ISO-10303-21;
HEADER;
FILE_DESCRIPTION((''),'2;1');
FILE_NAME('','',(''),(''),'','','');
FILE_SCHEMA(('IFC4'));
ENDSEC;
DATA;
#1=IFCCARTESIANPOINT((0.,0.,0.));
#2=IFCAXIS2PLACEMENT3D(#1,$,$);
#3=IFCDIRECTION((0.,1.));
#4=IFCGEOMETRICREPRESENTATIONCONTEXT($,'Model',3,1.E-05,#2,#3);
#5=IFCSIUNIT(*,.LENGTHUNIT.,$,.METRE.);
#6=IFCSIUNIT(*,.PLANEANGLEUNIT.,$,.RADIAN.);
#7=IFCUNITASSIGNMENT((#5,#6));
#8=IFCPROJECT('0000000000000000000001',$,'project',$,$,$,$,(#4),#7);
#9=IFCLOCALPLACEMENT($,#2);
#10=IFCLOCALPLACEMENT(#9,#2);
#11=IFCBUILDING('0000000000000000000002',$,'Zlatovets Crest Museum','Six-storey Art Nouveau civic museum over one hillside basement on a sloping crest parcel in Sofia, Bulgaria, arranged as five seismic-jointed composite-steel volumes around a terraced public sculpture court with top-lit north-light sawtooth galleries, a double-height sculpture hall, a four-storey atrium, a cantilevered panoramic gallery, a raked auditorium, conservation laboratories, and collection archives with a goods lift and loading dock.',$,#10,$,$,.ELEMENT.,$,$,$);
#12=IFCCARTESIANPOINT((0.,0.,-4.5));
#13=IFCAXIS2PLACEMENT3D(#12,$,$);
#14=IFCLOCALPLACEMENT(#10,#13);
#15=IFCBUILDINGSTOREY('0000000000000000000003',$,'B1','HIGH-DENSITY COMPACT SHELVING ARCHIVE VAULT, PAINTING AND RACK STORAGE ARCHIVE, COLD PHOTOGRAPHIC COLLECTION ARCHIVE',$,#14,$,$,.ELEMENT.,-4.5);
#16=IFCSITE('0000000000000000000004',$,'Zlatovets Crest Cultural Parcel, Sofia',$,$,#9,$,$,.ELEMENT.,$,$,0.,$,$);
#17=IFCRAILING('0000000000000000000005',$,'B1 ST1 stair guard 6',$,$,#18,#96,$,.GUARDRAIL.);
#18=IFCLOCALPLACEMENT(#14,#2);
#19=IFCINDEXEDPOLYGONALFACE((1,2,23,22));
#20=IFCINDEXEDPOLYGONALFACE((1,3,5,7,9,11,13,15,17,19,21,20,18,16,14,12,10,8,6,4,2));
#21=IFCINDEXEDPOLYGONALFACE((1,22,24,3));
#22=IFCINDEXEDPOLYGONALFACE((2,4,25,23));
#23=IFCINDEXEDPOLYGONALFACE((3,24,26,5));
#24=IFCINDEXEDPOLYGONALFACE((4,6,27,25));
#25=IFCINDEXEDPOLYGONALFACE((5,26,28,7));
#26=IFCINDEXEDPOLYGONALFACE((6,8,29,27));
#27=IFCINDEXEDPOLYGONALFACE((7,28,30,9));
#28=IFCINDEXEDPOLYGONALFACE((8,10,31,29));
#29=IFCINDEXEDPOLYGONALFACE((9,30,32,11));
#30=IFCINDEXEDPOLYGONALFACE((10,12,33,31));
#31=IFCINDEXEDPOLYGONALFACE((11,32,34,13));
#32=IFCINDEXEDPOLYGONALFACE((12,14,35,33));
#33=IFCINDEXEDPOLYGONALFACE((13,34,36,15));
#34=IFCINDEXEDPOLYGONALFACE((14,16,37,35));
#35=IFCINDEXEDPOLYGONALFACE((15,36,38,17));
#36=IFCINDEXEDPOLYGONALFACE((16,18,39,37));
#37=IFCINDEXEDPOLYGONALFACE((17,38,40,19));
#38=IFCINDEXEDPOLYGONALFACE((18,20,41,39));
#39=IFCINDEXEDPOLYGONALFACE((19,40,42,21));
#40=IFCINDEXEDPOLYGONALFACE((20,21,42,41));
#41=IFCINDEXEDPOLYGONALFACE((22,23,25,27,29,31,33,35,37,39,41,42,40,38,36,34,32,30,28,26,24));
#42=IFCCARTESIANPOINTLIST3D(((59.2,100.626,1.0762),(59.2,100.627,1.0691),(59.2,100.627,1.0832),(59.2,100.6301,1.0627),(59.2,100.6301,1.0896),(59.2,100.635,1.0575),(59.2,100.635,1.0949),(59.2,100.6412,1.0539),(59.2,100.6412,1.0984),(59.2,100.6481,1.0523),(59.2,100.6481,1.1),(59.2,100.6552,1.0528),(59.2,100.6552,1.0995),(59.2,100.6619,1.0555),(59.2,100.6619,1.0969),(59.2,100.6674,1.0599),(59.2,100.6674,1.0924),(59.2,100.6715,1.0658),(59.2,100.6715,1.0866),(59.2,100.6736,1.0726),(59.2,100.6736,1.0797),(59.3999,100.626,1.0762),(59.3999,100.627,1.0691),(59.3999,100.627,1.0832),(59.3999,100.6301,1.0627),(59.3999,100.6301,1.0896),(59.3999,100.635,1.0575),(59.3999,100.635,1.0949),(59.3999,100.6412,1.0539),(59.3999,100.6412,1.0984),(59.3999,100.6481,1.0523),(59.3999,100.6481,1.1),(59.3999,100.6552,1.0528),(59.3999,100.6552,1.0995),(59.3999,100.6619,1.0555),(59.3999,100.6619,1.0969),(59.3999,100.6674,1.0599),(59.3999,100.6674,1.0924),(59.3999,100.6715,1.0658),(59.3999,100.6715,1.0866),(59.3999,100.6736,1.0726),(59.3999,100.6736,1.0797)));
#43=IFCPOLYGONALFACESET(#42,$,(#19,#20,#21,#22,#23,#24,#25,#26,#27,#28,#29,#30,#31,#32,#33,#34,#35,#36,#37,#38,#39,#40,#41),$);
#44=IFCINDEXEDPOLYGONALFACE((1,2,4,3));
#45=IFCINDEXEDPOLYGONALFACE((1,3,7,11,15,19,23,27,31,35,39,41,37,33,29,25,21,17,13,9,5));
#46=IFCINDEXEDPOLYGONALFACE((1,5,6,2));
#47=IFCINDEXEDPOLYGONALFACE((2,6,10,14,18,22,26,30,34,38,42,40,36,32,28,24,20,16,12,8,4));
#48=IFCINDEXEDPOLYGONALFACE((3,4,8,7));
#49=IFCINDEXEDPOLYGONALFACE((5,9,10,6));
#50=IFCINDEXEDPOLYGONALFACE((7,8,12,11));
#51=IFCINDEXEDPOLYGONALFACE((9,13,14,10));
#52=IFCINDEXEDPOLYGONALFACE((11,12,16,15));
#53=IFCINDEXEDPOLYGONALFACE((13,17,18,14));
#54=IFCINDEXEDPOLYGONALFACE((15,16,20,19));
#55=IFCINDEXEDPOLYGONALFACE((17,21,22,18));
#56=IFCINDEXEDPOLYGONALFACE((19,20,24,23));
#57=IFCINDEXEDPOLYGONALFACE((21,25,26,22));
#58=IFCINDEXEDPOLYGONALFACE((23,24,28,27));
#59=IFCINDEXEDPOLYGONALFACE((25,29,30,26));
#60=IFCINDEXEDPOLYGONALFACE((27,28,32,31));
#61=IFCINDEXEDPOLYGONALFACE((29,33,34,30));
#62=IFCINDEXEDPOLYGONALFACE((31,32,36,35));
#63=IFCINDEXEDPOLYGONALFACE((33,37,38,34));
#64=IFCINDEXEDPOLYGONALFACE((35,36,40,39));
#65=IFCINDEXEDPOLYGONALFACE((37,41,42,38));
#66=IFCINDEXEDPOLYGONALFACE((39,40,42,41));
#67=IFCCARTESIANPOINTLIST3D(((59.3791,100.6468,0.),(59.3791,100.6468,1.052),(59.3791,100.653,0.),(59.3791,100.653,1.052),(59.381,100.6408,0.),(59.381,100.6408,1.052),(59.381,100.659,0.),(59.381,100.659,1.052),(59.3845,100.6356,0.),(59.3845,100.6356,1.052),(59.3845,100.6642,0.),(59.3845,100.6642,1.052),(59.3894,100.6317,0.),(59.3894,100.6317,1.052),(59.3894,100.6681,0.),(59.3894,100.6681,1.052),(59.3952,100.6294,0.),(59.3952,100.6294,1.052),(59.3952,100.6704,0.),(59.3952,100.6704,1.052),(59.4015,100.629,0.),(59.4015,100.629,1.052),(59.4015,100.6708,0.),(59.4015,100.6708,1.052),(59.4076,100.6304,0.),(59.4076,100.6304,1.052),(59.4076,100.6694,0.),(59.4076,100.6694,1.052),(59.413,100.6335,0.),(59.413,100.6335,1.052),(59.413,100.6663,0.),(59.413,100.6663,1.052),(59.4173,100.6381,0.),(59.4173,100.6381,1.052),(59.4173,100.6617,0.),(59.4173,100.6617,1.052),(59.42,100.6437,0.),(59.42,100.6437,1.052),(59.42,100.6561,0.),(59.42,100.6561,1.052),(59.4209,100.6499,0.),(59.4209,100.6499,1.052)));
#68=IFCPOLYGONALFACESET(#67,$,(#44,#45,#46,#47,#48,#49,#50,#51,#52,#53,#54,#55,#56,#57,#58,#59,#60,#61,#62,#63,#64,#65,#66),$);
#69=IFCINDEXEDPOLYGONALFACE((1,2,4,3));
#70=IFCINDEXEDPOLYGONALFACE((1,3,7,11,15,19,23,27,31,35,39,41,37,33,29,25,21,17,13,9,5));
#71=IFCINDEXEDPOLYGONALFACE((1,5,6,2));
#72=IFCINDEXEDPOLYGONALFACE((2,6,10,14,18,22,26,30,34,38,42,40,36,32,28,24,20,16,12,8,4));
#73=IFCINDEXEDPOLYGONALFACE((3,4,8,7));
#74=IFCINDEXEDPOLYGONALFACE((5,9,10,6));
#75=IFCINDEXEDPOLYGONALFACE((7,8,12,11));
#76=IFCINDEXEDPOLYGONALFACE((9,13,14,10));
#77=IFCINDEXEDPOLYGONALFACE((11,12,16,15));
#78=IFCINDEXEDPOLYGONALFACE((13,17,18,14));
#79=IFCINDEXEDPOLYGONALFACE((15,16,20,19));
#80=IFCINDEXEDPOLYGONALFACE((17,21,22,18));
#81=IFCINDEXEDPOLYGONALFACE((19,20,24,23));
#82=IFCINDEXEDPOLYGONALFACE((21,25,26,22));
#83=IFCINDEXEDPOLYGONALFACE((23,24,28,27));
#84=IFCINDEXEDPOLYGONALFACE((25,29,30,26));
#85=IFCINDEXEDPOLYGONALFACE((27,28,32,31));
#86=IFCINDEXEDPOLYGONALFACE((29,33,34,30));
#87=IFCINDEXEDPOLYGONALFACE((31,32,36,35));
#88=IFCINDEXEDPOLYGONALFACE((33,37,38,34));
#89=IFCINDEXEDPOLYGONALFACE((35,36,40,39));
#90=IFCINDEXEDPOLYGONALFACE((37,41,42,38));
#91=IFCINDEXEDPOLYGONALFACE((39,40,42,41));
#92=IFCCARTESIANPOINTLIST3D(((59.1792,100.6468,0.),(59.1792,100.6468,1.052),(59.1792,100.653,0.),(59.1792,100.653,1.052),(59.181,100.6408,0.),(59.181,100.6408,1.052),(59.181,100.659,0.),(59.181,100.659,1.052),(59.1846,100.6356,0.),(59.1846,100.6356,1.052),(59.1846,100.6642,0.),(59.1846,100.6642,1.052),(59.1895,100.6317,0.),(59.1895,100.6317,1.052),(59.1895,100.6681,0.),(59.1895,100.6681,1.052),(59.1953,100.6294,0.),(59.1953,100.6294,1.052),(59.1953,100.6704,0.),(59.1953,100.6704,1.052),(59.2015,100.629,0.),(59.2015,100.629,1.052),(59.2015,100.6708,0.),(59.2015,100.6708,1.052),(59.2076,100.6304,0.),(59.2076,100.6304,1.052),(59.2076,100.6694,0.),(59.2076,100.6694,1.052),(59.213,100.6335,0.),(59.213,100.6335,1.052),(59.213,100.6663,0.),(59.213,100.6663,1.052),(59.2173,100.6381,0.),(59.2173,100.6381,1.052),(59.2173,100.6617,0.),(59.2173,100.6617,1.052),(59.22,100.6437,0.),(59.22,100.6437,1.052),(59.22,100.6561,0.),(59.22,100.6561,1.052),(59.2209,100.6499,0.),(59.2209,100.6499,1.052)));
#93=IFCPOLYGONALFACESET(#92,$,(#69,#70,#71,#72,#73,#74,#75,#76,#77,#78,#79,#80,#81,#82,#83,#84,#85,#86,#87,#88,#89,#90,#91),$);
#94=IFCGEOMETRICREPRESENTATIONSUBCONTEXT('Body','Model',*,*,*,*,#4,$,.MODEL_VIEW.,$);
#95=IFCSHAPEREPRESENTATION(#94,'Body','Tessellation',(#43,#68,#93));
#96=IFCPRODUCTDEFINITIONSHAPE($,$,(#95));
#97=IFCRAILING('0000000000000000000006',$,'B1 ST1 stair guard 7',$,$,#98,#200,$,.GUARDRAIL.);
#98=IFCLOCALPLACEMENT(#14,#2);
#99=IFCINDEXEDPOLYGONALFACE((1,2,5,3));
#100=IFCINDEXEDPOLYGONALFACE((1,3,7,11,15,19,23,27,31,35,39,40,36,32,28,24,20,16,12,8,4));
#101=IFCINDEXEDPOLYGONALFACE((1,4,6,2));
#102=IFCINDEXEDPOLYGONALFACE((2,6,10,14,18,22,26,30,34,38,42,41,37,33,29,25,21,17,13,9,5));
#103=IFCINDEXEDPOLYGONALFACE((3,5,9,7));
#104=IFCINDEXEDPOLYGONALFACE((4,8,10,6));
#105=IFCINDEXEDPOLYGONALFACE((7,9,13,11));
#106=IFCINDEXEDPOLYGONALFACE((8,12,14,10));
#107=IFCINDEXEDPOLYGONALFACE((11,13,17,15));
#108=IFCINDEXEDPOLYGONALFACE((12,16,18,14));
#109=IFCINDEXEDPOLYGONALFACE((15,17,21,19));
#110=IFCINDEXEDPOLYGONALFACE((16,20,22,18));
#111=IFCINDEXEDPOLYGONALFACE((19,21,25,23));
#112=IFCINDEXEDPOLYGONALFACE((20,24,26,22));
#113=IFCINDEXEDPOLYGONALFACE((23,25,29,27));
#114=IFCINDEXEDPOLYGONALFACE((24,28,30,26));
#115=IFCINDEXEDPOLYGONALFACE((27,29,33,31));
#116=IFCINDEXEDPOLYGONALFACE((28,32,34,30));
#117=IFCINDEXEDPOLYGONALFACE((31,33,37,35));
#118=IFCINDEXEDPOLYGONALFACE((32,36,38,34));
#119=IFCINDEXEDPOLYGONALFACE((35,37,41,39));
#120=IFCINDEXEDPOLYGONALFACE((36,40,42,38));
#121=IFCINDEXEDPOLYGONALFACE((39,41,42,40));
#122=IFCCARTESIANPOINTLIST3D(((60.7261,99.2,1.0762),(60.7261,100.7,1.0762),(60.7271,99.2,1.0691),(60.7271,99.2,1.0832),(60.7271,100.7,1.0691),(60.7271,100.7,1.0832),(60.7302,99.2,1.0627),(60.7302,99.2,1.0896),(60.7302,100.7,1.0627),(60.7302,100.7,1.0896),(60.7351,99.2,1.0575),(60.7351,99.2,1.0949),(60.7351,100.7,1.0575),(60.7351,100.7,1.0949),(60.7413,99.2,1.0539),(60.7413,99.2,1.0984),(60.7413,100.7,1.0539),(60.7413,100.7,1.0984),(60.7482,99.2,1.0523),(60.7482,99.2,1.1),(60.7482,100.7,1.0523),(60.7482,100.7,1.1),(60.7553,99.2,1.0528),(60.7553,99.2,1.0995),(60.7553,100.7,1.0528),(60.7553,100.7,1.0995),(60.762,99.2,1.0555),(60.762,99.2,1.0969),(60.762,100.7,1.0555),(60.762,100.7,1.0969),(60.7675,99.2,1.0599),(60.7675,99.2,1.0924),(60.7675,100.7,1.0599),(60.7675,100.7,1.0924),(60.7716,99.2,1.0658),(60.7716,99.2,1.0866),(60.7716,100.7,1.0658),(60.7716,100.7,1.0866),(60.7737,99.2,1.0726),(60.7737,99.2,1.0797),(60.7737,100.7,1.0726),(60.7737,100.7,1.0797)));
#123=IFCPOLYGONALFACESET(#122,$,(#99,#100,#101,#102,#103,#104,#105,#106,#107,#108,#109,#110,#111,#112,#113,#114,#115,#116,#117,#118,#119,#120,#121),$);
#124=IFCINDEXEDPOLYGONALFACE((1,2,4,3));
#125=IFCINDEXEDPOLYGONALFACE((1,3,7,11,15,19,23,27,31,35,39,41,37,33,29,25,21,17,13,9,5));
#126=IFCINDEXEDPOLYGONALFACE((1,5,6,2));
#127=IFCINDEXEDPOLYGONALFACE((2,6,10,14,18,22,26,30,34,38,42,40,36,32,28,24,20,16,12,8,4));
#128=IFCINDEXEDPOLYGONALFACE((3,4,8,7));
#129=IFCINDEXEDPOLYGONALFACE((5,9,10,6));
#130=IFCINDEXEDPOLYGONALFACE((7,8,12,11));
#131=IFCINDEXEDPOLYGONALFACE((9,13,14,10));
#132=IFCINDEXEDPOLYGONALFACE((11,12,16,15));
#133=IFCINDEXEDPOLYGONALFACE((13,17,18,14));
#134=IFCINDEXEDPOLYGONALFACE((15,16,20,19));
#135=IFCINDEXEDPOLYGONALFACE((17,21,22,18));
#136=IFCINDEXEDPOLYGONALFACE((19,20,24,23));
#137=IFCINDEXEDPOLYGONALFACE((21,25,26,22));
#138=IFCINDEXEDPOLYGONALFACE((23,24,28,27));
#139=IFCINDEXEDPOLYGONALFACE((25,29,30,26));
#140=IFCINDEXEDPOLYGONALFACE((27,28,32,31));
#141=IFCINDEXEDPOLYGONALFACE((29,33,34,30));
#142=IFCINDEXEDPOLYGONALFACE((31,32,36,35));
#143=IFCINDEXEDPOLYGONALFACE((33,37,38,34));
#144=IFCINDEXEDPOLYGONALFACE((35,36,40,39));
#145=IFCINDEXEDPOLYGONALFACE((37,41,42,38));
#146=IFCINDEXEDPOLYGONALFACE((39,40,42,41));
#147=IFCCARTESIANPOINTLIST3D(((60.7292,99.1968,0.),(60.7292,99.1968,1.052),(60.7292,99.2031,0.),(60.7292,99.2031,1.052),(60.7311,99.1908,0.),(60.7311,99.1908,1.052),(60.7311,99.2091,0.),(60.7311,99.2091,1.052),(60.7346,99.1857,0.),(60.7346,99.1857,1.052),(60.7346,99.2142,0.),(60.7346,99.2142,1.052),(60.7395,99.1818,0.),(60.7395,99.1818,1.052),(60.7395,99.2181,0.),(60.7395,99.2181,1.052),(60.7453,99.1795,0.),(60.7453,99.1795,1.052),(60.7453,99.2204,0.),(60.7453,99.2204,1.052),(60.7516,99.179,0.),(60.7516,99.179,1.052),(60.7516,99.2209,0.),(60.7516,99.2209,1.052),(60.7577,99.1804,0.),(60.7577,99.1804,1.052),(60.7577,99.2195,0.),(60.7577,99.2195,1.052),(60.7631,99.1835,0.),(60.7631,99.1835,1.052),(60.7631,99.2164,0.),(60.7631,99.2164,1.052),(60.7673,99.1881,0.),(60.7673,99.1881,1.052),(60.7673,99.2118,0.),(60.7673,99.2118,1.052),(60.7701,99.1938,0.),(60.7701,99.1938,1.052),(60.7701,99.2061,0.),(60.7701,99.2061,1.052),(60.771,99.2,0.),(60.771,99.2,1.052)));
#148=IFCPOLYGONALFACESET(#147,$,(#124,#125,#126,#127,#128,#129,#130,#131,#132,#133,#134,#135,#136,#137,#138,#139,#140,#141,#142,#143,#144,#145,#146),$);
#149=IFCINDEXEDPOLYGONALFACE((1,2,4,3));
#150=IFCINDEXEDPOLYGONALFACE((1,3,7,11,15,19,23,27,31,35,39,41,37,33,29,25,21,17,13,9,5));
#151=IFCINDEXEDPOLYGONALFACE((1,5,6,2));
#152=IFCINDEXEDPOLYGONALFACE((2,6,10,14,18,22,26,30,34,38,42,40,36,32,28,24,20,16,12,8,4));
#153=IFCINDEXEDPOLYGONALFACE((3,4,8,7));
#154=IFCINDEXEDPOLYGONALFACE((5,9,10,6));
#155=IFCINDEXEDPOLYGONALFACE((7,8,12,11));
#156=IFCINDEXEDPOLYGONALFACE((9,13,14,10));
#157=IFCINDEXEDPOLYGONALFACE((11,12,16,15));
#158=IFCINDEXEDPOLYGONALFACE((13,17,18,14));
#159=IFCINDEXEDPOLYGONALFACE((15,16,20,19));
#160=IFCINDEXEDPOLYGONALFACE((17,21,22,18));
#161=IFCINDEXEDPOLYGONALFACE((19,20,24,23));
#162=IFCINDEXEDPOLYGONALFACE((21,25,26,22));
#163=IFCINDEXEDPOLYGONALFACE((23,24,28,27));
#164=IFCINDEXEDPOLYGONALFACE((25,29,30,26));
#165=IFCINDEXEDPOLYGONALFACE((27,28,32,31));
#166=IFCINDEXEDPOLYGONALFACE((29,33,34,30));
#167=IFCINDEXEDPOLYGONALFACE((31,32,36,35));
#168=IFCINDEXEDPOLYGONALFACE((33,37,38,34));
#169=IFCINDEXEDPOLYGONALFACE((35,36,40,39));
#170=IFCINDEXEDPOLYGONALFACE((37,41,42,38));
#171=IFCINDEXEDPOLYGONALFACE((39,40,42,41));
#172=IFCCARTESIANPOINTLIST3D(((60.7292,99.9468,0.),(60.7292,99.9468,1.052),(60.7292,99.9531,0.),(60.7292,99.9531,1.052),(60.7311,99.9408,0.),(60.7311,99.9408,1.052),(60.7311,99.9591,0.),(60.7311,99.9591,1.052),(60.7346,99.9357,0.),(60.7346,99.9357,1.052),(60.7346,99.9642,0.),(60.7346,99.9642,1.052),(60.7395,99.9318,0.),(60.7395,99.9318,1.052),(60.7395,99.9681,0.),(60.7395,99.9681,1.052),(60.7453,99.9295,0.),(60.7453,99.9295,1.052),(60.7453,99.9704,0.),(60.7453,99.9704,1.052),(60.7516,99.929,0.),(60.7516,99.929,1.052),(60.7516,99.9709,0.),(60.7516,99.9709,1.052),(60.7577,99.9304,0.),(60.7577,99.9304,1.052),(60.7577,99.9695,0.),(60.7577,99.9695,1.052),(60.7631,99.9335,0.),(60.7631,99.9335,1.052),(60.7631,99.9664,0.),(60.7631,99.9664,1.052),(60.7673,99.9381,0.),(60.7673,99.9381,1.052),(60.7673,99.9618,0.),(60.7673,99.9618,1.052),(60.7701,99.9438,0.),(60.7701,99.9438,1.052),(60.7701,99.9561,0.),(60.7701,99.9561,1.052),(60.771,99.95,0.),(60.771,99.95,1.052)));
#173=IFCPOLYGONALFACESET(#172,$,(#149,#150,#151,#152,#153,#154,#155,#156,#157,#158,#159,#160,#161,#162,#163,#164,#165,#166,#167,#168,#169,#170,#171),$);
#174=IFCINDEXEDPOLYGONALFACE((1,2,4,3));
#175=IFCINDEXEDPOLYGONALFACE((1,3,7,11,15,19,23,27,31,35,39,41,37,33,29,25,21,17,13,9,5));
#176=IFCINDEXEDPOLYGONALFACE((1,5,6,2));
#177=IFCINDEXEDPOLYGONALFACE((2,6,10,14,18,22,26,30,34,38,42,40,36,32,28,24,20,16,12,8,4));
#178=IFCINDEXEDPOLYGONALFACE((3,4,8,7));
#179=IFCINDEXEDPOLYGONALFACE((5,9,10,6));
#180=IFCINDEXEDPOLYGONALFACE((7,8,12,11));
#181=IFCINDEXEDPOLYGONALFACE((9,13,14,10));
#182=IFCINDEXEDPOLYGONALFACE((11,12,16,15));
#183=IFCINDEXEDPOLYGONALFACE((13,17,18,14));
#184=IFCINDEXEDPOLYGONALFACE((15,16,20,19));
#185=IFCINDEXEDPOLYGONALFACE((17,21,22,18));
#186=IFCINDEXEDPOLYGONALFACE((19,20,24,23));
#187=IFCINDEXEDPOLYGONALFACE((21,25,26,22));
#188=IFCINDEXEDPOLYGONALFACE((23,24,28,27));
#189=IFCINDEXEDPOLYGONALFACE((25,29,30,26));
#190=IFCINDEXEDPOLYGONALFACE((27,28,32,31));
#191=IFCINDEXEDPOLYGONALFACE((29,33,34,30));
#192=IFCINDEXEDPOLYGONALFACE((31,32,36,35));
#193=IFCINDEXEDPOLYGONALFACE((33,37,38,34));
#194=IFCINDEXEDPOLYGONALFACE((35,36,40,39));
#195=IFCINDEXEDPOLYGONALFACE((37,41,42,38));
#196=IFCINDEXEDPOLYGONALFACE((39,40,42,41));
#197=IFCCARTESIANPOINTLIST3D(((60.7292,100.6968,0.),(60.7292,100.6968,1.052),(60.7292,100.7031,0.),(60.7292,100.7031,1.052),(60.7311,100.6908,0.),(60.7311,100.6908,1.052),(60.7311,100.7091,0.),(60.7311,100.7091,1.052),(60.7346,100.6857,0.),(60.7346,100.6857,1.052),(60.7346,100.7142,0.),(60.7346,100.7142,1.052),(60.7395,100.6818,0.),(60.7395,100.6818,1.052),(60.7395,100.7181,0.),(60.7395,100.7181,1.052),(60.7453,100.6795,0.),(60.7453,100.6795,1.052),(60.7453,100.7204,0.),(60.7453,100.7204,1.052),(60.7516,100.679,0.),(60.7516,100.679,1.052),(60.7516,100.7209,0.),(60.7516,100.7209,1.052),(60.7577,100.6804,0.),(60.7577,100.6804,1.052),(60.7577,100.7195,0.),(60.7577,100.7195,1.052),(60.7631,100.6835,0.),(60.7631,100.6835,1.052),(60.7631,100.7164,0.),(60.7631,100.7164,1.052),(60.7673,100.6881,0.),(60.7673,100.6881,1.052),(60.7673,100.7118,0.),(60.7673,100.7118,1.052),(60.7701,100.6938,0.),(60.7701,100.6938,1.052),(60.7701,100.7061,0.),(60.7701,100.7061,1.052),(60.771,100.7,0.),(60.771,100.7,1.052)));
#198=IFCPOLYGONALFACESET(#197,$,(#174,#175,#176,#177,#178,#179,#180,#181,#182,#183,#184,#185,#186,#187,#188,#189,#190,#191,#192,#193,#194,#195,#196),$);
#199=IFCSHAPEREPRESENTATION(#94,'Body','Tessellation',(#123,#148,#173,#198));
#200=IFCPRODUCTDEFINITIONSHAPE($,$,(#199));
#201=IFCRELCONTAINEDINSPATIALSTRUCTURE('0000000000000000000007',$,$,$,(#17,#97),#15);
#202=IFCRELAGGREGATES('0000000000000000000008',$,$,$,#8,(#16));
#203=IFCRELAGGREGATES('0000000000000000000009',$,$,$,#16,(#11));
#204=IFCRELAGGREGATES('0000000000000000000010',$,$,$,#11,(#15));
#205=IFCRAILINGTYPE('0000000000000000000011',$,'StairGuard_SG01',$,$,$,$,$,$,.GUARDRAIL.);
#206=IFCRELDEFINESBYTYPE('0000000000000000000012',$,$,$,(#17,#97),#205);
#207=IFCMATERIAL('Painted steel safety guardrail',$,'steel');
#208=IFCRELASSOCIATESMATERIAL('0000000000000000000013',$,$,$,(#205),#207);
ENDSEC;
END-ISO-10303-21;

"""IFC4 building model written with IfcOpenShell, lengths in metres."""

from ifc_helpers import new_model, si_unit, direction, frame, origin, origin_2d, place, context, subcontext, project, spatial, circle, extrude, material, type_object, element, save


model = new_model("IFC4")

# Units and contexts
model_context = context("Model", 3, precision=1e-05, world=origin(), true_north=direction((0.0, 1.0)))
body_context = subcontext(model_context, "Body", "Model", "MODEL_VIEW")
ifc_project = project(units=[si_unit("LENGTHUNIT", "METRE"), si_unit("PLANEANGLEUNIT", "RADIAN")], contexts=[model_context])

# Site, building, storey
site_placement = place(None, origin())
site = spatial("IfcSite", under=ifc_project, at=site_placement, Name="Zlatovets Crest Cultural Parcel, Sofia", CompositionType="ELEMENT", RefElevation=0.0)
building_placement = place(site_placement, origin())
building = spatial("IfcBuilding", under=site, at=building_placement, Name="Zlatovets Crest Museum", Description="Six-storey Art Nouveau civic museum over one hillside basement on a sloping crest parcel in Sofia, Bulgaria, arranged as five seismic-jointed composite-steel volumes around a terraced public sculpture court with top-lit north-light sawtooth galleries, a double-height sculpture hall, a four-storey atrium, a cantilevered panoramic gallery, a raked auditorium, conservation laboratories, and collection archives with a goods lift and loading dock.", CompositionType="ELEMENT")
storey_placement = place(building_placement, frame((0.0, 0.0, -4.5)))
storey = spatial("IfcBuildingStorey", under=building, at=storey_placement, Name="B1", Description="HIGH-DENSITY COMPACT SHELVING ARCHIVE VAULT, PAINTING AND RACK STORAGE ARCHIVE, COLD PHOTOGRAPHIC COLLECTION ARCHIVE", CompositionType="ELEMENT", Elevation=-4.5)

# Railings
ifc_material_1 = material(Name="Painted steel safety guardrail", Category="steel")
railing_type_1 = type_object("IfcRailingType", Name="StairGuard_SG01", PredefinedType="GUARDRAIL", material=ifc_material_1)
railing_1_placement = place(storey_placement, frame((59.3999, 100.6499, 0.0)))
element("IfcRailing", 1, at=railing_1_placement, inside=storey, type_object=railing_type_1, Name="B1 ST1 stair guard 6", PredefinedType="GUARDRAIL", context=body_context, shape_type="SweptSolid", body=[
    extrude(circle(Radius=0.0239, at=origin_2d()), frame((0.0, 0.0, 1.0762), z_axis=(-1.0, 0.0, 0.0), x_axis=(0.0, -1.0, 0.0)), (0.0, 0.0, 1.0), 0.2),
    extrude(circle(Radius=0.021, at=origin_2d()), origin(), (0.0, 0.0, 1.0), 1.052),
    extrude(circle(Radius=0.021, at=origin_2d()), frame((-0.2, 0.0, 0.0)), (0.0, 0.0, 1.0), 1.052),
])
for number, where, name in (
    (2, (60.75, 99.2, 0.0), "B1 ST1 stair guard 7"),
):
    element("IfcRailing", number, at=place(storey_placement, frame(where)), inside=storey, type_object=railing_type_1, Name=name, PredefinedType="GUARDRAIL", context=body_context, shape_type="SweptSolid", body=[
        extrude(circle(Radius=0.0239, at=origin_2d()), frame((0.0, 0.0, 1.0762), z_axis=(0.0, 1.0, 0.0), x_axis=(-1.0, 0.0, 0.0)), (0.0, 0.0, 1.0), 1.5),
        extrude(circle(Radius=0.021, at=origin_2d()), origin(), (0.0, 0.0, 1.0), 1.052),
        extrude(circle(Radius=0.021, at=origin_2d()), frame((0.0, 0.75, 0.0)), (0.0, 0.0, 1.0), 1.052),
        extrude(circle(Radius=0.021, at=origin_2d()), frame((0.0, 1.5, 0.0)), (0.0, 0.0, 1.0), 1.052),
    ])

save(model, "model.ifc")
